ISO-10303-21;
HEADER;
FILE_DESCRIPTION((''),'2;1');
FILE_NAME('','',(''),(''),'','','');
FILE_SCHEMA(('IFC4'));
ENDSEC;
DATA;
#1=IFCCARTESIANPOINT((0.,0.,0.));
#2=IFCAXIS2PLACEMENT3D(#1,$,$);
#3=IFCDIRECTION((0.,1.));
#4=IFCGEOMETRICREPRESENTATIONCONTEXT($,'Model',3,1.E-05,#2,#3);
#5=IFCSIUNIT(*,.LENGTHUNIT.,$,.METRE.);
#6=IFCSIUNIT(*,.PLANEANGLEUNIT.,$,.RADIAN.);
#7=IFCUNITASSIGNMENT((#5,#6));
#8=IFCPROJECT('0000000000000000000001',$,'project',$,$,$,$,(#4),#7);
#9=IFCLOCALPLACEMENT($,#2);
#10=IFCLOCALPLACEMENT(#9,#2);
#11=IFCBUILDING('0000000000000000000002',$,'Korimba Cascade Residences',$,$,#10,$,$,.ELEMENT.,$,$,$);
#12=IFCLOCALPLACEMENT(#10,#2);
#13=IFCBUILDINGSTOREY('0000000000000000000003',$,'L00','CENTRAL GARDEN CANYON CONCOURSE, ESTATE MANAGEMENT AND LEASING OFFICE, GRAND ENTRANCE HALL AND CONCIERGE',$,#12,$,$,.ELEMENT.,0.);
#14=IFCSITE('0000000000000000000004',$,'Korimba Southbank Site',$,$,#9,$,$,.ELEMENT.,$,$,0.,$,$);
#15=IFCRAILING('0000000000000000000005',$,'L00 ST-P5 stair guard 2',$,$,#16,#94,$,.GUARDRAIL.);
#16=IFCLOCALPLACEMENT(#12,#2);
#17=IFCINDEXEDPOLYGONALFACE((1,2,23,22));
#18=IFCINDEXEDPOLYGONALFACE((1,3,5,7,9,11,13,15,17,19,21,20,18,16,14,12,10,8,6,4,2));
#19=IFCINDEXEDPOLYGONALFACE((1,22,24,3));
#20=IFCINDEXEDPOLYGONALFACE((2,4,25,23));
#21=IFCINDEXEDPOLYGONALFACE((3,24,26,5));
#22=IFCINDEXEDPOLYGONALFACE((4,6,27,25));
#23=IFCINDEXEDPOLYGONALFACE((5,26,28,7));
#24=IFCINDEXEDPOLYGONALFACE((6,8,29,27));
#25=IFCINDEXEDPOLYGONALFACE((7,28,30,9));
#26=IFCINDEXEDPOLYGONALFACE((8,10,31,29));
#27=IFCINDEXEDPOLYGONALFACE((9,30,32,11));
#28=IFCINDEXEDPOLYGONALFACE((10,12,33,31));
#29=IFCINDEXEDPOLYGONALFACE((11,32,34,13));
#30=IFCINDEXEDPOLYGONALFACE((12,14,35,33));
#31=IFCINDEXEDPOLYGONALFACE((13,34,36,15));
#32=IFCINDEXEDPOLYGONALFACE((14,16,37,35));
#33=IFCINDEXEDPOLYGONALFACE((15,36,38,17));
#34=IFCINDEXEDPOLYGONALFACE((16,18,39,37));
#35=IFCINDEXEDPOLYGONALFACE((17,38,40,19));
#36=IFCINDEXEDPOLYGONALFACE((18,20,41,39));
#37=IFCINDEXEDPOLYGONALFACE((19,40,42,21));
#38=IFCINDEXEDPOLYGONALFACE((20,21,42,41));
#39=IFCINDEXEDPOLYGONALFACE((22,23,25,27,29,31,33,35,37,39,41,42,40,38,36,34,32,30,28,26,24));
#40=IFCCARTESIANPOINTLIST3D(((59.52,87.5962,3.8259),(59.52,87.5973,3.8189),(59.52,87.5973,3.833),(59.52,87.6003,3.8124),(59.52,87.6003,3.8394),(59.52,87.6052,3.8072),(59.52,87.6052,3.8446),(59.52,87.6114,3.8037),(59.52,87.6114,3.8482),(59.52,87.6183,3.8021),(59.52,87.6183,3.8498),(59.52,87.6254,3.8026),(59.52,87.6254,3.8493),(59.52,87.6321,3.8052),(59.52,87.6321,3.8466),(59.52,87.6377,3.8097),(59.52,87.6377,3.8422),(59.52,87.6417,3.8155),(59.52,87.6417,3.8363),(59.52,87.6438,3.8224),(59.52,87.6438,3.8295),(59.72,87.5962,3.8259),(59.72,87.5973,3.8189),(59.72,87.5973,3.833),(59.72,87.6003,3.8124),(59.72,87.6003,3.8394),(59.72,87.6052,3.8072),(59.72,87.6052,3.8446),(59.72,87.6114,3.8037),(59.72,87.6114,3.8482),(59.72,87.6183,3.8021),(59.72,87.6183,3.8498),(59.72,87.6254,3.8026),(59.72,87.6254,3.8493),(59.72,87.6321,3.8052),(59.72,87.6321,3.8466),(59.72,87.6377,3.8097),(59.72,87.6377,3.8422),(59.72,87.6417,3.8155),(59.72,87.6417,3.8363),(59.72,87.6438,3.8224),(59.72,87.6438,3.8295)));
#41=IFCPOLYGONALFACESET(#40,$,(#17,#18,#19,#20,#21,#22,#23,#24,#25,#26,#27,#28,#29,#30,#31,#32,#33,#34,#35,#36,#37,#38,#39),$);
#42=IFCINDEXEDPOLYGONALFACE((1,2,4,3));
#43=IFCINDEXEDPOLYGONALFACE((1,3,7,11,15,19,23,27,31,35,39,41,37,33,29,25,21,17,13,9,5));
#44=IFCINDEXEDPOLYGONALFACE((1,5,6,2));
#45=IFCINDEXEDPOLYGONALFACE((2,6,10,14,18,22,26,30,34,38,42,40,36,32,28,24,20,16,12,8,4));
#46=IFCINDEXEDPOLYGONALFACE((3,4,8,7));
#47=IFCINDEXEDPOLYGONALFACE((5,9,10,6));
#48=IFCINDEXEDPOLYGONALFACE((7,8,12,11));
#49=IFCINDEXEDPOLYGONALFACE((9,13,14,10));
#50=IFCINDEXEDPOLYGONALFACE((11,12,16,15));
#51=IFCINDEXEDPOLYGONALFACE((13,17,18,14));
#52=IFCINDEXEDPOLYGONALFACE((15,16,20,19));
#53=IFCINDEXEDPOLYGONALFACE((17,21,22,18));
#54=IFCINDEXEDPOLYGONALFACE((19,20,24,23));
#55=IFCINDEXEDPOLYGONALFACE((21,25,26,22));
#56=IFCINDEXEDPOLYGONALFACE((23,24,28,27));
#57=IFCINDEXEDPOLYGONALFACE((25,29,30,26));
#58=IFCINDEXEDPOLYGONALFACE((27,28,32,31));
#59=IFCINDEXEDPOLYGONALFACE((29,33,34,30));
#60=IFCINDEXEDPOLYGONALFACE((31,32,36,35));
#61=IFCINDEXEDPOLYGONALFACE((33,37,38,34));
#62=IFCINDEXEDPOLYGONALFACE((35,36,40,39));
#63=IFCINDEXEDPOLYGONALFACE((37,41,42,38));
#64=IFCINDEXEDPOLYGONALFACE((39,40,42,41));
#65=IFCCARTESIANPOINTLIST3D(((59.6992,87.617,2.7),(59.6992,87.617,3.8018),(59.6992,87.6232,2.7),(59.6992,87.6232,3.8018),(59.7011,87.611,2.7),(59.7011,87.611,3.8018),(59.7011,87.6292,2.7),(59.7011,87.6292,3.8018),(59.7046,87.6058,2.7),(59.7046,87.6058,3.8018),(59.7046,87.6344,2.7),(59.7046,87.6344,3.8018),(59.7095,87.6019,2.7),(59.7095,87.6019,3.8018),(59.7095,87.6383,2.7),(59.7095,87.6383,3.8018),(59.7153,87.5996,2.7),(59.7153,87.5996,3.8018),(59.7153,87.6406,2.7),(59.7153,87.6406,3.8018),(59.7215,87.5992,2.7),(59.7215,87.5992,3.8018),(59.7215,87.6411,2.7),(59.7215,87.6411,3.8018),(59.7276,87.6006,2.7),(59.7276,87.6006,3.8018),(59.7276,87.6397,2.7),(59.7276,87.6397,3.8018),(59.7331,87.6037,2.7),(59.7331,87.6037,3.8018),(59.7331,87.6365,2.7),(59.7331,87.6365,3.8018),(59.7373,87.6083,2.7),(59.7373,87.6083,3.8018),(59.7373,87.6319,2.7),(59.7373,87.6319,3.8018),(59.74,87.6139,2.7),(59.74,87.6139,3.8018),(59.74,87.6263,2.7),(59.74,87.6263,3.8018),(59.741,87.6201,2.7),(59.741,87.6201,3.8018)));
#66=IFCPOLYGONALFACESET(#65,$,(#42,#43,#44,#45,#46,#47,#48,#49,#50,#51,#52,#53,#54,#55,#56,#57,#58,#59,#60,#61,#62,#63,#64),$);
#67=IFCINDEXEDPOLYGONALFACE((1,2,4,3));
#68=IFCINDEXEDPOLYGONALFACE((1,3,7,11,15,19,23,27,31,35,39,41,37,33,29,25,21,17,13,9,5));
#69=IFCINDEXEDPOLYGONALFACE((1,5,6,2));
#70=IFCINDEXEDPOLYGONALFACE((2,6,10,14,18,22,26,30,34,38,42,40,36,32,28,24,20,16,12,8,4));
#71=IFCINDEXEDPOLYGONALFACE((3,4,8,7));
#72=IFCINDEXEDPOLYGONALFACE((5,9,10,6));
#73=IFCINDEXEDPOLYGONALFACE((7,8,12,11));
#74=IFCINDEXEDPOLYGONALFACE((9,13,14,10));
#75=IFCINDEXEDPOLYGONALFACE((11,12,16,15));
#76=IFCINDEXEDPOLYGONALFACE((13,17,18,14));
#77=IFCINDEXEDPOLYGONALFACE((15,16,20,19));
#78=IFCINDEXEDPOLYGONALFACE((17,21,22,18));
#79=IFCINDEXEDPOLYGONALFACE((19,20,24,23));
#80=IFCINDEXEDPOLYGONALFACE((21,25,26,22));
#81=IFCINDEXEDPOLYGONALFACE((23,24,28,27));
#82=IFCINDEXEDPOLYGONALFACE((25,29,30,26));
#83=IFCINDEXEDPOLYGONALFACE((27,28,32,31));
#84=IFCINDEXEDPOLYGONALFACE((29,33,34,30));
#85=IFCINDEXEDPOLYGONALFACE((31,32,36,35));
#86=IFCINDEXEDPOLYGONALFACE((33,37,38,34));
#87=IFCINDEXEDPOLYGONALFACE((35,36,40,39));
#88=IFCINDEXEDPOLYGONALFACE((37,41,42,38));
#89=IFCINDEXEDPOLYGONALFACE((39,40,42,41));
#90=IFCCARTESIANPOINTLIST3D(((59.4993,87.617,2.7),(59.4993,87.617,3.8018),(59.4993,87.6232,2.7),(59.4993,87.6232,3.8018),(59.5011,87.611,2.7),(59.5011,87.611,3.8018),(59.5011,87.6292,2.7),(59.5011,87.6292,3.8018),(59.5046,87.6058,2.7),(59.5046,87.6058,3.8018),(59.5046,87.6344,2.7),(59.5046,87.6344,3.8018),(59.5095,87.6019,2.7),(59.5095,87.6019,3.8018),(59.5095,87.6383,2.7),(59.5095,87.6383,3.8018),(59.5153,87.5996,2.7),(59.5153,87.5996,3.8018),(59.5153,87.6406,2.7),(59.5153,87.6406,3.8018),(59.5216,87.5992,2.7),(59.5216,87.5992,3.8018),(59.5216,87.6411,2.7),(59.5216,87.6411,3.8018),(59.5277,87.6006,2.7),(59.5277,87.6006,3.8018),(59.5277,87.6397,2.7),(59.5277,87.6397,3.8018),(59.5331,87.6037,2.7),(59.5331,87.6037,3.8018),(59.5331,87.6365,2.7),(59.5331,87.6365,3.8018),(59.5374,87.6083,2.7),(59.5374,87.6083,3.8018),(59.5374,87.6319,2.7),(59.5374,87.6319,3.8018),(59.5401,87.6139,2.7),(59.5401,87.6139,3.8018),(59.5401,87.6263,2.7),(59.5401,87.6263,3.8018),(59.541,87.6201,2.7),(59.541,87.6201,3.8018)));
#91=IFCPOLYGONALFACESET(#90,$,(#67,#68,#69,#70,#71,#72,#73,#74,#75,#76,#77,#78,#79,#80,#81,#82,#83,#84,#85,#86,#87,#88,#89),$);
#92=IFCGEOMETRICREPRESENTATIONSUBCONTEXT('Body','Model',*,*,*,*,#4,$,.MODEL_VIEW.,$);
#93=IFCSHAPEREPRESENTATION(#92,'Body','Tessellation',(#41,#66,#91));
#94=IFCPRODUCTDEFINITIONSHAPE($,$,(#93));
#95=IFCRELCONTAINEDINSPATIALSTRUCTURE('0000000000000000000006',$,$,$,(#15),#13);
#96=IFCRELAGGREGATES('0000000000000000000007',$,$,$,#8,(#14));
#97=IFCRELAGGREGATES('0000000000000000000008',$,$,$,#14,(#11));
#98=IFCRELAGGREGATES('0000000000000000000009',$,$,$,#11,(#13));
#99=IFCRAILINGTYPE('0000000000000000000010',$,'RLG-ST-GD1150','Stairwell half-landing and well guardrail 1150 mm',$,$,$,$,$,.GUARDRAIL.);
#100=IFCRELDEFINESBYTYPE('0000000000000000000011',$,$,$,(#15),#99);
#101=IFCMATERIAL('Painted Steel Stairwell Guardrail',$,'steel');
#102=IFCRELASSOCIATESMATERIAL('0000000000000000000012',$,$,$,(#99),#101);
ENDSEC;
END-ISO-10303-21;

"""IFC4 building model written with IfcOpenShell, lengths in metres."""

from ifc_helpers import new_model, si_unit, direction, frame, origin, origin_2d, place, context, subcontext, project, spatial, circle, extrude, material, type_object, element, save


model = new_model("IFC4")

# Units and contexts
model_context = context("Model", 3, precision=1e-05, world=origin(), true_north=direction((0.0, 1.0)))
body_context = subcontext(model_context, "Body", "Model", "MODEL_VIEW")
ifc_project = project(units=[si_unit("LENGTHUNIT", "METRE"), si_unit("PLANEANGLEUNIT", "RADIAN")], contexts=[model_context])

# Site, building, storey
site_placement = place(None, origin())
site = spatial("IfcSite", under=ifc_project, at=site_placement, Name="Korimba Southbank Site", CompositionType="ELEMENT", RefElevation=0.0)
building_placement = place(site_placement, origin())
building = spatial("IfcBuilding", under=site, at=building_placement, Name="Korimba Cascade Residences", CompositionType="ELEMENT")
storey_placement = place(building_placement, origin())
storey = spatial("IfcBuildingStorey", under=building, at=storey_placement, Name="L00", Description="CENTRAL GARDEN CANYON CONCOURSE, ESTATE MANAGEMENT AND LEASING OFFICE, GRAND ENTRANCE HALL AND CONCIERGE", CompositionType="ELEMENT", Elevation=0.0)

# Railing
ifc_material_1 = material(Name="Painted Steel Stairwell Guardrail", Category="steel")
railing_type_1 = type_object("IfcRailingType", Name="RLG-ST-GD1150", Description="Stairwell half-landing and well guardrail 1150 mm", PredefinedType="GUARDRAIL", material=ifc_material_1)
railing_1_placement = place(storey_placement, frame((59.72, 87.6201, 2.7)))
element("IfcRailing", 1, at=railing_1_placement, inside=storey, type_object=railing_type_1, Name="L00 ST-P5 stair guard 2", PredefinedType="GUARDRAIL", context=body_context, shape_type="SweptSolid", body=[
    extrude(circle(Radius=0.0239, at=origin_2d()), frame((0.0, 0.0, 1.126), z_axis=(-1.0, 0.0, 0.0), x_axis=(0.0, -1.0, 0.0)), (0.0, 0.0, 1.0), 0.2),
    extrude(circle(Radius=0.021, at=origin_2d()), origin(), (0.0, 0.0, 1.0), 1.1018),
    extrude(circle(Radius=0.021, at=origin_2d()), frame((-0.2, 0.0, 0.0)), (0.0, 0.0, 1.0), 1.1018),
])

save(model, "model.ifc")
